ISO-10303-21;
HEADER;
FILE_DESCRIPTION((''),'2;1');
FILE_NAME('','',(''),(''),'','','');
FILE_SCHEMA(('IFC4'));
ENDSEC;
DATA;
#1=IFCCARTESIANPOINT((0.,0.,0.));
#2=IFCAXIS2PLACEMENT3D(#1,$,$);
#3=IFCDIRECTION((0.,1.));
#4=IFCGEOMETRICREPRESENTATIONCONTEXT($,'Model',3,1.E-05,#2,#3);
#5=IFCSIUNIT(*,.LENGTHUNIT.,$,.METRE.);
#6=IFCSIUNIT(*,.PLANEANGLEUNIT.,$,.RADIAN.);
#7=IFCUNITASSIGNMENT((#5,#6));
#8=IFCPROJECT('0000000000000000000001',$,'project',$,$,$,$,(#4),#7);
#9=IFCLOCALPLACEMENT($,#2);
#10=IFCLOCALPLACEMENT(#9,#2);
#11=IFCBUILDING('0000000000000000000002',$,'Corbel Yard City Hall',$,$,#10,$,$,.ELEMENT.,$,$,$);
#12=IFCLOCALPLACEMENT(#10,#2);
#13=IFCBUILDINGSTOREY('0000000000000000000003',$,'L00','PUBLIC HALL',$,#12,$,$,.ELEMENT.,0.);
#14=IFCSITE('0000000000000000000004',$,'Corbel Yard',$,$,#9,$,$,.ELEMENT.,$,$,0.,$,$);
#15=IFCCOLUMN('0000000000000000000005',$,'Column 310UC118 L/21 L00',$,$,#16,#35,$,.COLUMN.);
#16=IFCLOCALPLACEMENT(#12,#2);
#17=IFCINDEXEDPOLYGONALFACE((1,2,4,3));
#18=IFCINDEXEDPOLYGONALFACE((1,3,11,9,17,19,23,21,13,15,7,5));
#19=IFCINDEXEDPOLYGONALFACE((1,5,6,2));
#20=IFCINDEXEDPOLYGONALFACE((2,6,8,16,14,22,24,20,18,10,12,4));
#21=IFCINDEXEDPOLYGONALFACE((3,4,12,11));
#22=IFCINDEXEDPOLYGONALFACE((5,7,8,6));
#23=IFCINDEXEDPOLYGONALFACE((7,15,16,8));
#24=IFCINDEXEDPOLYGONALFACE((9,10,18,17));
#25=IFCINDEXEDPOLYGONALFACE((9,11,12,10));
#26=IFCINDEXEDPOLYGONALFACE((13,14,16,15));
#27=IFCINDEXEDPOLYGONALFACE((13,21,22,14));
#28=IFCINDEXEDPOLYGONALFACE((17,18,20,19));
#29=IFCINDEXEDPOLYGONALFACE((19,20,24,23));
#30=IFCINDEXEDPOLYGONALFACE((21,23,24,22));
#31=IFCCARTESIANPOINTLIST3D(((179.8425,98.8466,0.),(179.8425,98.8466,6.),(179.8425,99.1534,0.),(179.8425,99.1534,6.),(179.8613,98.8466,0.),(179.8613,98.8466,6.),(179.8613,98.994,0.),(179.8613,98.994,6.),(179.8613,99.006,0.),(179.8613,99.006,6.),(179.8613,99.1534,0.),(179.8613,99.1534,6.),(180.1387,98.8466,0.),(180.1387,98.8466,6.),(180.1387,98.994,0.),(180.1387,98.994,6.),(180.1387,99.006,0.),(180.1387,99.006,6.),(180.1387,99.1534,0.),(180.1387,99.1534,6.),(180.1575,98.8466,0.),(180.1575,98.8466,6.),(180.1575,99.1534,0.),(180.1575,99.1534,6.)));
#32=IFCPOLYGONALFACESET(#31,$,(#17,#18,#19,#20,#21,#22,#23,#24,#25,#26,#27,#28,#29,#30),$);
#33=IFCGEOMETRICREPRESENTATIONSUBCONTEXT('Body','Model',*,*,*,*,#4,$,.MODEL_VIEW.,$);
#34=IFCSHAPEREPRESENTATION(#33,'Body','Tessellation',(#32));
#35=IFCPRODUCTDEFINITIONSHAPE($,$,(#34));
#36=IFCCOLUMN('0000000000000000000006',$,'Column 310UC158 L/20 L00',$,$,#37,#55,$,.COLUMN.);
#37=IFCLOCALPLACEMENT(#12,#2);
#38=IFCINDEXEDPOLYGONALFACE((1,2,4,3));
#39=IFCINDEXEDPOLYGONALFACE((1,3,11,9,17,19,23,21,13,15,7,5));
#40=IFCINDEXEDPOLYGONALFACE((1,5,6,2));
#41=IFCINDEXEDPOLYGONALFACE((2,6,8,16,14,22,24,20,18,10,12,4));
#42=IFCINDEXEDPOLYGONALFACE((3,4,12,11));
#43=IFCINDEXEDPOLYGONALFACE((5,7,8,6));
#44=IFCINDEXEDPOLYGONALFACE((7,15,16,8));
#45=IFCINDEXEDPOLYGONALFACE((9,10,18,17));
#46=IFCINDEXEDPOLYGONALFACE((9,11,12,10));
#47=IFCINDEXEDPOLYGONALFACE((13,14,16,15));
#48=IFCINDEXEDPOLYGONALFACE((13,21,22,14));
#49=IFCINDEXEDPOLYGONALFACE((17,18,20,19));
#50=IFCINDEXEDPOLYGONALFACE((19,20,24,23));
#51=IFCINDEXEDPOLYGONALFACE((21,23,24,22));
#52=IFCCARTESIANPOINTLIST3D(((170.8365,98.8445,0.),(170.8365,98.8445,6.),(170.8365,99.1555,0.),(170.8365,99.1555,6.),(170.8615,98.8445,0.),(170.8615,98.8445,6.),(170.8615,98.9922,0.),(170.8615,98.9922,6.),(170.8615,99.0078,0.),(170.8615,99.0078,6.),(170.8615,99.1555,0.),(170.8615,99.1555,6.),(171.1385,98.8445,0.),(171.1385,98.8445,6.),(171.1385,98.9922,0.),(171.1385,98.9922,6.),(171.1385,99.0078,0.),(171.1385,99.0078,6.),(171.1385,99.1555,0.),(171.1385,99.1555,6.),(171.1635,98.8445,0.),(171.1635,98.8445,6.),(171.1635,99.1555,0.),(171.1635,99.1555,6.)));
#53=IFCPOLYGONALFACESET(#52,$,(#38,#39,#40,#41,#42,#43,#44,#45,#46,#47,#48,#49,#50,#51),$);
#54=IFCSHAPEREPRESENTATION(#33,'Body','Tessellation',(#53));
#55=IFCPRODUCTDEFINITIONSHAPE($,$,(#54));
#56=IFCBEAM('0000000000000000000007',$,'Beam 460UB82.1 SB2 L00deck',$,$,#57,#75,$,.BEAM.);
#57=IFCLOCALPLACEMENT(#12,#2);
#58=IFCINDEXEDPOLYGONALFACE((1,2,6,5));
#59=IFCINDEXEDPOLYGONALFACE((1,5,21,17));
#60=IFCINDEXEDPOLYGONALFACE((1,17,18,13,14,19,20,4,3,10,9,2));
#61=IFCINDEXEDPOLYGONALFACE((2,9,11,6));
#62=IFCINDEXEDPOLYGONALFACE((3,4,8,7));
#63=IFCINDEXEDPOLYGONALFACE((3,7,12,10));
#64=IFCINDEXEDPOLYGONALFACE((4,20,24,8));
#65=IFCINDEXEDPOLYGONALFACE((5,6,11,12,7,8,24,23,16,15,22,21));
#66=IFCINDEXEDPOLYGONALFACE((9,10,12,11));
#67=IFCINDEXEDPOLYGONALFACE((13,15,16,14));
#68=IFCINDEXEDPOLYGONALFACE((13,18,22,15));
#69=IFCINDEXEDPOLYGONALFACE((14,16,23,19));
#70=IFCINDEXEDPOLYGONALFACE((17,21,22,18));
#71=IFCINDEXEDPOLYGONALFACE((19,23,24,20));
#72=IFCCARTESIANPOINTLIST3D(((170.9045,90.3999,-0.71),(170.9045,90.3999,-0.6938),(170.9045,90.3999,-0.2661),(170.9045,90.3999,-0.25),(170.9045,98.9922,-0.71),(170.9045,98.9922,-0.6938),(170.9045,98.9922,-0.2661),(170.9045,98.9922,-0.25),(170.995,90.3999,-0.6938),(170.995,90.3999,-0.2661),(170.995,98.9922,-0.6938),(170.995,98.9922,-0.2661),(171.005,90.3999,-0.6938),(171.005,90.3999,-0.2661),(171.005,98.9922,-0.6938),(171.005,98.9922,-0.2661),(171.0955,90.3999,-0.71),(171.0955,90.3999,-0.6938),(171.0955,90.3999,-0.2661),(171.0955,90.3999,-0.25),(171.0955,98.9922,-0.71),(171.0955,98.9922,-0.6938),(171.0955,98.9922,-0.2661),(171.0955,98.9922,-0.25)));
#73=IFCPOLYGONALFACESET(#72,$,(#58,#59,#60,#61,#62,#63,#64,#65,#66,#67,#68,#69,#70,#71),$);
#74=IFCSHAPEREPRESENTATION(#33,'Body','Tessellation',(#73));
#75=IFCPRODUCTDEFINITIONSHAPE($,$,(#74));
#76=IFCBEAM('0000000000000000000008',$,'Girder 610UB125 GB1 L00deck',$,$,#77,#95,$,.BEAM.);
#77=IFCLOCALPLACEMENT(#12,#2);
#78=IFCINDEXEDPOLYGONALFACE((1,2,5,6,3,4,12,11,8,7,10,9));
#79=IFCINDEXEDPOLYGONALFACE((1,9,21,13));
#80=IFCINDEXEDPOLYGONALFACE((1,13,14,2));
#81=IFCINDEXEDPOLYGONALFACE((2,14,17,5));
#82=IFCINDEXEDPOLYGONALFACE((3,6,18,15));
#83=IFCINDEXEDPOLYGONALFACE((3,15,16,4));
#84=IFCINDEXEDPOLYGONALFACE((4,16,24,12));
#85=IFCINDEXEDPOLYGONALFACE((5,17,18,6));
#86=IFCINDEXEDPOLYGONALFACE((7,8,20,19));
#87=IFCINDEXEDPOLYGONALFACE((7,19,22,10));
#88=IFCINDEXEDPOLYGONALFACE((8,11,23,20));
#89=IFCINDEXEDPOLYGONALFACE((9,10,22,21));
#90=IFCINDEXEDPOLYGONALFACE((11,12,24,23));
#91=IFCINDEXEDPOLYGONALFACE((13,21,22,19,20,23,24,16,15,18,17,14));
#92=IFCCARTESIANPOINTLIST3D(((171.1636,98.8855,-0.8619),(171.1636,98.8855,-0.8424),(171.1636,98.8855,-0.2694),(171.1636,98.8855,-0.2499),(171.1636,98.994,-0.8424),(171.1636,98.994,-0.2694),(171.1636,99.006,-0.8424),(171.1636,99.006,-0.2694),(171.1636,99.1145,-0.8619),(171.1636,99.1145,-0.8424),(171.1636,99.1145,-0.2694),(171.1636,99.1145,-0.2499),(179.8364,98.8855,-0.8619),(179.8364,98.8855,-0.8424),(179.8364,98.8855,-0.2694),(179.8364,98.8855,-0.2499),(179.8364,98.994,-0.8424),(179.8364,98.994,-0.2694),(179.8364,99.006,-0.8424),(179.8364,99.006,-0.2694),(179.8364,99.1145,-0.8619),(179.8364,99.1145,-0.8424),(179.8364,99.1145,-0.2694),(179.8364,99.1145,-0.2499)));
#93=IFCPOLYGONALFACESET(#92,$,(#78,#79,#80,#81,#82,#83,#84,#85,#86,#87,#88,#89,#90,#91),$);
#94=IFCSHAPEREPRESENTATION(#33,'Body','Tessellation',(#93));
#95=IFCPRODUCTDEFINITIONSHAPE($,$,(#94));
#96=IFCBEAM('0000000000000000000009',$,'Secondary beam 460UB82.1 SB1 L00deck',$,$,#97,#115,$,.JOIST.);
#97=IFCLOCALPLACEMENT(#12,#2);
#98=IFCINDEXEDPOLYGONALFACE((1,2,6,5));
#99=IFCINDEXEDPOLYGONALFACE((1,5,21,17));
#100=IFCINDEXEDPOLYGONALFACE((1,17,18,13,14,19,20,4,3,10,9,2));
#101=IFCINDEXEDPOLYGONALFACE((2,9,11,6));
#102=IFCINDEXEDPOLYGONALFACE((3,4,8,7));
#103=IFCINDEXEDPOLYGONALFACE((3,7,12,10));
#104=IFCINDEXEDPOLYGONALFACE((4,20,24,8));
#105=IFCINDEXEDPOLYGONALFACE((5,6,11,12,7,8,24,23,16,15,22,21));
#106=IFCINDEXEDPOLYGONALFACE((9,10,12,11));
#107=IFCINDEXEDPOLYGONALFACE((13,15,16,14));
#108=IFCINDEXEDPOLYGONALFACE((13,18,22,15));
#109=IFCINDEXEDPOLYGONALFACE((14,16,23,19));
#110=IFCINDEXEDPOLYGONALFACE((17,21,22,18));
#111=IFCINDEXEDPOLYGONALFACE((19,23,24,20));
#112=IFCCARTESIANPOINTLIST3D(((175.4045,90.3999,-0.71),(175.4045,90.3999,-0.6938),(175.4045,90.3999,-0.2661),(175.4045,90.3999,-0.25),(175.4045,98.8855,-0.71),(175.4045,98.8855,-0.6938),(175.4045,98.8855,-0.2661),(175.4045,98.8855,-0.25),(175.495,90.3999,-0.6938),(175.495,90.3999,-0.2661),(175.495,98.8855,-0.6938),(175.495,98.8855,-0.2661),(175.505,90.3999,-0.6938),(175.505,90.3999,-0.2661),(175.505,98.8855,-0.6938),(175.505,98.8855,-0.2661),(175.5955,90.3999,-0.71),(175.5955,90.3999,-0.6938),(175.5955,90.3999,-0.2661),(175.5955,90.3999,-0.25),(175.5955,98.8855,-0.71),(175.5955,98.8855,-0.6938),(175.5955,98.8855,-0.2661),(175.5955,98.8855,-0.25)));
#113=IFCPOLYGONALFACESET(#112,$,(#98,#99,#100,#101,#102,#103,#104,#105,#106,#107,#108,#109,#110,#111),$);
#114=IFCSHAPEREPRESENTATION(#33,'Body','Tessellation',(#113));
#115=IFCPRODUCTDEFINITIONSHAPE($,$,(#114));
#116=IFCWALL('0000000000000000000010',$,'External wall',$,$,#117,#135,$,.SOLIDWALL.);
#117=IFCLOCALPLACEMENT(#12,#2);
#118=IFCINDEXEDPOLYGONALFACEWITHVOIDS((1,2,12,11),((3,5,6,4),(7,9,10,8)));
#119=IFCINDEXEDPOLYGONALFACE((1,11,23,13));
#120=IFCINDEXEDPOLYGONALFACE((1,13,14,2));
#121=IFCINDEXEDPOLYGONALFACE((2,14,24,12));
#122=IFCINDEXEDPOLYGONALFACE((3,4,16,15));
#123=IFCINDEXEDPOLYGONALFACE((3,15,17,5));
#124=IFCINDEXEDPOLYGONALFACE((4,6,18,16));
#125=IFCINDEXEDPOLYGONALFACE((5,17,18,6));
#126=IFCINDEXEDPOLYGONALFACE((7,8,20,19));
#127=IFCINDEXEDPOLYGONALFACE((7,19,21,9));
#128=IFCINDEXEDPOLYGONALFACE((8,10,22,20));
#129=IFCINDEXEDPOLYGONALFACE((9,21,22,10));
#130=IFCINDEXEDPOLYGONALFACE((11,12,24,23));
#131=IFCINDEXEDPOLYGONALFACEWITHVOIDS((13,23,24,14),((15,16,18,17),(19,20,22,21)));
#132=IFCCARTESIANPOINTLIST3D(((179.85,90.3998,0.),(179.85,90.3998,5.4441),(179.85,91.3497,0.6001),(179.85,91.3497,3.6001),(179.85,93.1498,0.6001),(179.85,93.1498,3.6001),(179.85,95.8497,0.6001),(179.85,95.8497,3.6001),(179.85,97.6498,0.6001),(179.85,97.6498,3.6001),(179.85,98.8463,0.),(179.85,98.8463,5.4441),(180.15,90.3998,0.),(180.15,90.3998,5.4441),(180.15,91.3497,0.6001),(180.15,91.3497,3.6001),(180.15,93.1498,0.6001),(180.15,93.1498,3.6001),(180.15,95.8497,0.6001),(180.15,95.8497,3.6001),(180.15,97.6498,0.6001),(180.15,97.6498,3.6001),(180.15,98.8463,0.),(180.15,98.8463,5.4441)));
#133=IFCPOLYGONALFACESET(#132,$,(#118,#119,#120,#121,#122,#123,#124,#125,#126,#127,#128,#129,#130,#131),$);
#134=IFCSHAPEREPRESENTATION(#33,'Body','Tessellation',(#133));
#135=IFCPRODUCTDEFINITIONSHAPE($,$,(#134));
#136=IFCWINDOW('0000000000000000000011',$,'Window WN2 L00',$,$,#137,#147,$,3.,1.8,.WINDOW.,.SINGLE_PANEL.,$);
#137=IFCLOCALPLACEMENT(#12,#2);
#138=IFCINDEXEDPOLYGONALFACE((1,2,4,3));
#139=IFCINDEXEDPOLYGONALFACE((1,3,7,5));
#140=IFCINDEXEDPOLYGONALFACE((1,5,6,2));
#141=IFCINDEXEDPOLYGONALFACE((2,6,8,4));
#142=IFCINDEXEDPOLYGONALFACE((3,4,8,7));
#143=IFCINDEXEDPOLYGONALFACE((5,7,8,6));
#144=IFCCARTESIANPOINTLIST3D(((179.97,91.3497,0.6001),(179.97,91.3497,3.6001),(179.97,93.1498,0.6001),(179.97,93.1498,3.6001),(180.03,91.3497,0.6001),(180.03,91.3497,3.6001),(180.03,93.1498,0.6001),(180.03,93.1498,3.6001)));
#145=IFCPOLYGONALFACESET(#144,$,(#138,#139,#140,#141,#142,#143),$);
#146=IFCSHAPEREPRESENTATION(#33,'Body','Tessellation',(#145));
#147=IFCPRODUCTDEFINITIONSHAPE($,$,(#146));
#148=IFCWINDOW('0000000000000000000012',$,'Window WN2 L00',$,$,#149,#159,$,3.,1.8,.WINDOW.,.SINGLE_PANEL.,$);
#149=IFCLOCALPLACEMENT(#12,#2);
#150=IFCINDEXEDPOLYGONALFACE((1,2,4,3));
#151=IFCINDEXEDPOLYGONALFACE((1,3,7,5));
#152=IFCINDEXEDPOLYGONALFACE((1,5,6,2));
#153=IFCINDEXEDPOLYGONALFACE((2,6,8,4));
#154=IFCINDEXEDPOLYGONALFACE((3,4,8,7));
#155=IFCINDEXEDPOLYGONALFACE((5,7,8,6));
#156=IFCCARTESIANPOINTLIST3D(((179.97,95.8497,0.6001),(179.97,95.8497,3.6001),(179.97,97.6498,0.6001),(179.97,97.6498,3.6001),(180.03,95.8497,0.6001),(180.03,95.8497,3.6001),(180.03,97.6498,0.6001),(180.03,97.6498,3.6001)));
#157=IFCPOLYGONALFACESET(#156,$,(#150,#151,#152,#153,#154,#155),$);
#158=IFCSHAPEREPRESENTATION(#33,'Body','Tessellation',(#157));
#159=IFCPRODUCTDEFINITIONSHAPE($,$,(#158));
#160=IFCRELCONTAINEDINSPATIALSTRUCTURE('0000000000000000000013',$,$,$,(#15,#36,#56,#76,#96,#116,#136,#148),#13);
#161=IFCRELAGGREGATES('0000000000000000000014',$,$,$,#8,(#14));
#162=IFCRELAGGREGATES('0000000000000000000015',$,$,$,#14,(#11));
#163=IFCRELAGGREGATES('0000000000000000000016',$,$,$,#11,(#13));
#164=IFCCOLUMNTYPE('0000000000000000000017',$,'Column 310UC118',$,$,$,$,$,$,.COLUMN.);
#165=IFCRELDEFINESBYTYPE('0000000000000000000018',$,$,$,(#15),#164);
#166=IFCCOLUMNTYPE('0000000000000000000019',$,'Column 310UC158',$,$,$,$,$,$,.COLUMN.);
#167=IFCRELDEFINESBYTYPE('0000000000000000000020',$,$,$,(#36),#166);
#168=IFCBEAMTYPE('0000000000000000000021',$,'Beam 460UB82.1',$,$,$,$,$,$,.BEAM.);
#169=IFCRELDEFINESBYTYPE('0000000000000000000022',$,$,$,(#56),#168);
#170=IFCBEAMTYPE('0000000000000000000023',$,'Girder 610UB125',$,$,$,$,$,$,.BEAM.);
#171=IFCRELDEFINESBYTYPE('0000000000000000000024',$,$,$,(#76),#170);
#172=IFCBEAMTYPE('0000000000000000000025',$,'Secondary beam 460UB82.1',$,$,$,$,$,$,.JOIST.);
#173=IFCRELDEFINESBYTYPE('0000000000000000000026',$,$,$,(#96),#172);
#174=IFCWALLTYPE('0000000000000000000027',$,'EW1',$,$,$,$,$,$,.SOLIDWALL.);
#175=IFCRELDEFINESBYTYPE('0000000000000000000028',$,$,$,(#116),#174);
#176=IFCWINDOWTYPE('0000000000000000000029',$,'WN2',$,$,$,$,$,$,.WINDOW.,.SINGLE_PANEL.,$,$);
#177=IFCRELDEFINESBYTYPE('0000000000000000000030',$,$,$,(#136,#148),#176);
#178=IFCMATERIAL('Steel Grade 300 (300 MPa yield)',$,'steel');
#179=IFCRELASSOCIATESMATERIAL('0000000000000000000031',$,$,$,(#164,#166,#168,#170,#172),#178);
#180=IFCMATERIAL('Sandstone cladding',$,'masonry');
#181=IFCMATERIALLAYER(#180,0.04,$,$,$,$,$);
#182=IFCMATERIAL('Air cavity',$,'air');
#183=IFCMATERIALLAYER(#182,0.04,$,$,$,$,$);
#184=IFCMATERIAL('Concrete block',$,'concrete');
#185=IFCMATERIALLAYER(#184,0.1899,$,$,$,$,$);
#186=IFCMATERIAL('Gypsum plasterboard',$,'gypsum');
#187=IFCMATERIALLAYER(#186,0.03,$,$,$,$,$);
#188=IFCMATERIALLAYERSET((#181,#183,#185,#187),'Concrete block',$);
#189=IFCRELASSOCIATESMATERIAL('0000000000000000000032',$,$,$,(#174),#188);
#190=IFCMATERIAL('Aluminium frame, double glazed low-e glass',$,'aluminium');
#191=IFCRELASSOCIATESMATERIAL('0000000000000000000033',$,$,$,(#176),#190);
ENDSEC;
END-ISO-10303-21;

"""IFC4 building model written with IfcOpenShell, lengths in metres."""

from ifc_helpers import new_model, si_unit, direction, frame, frame_2d, origin, origin_2d, place, context, subcontext, project, spatial, rectangle, i_section, extrude, material, layer, layer_set, material_profile, profile_set, type_object, element, fill, save


model = new_model("IFC4")

# Units and contexts
model_context = context("Model", 3, precision=1e-05, world=origin(), true_north=direction((0.0, 1.0)))
body_context = subcontext(model_context, "Body", "Model", "MODEL_VIEW")
ifc_project = project(units=[si_unit("LENGTHUNIT", "METRE"), si_unit("PLANEANGLEUNIT", "RADIAN")], contexts=[model_context])

# Site, building, storey
site_placement = place(None, origin())
site = spatial("IfcSite", under=ifc_project, at=site_placement, Name="Corbel Yard", CompositionType="ELEMENT", RefElevation=0.0)
building_placement = place(site_placement, origin())
building = spatial("IfcBuilding", under=site, at=building_placement, Name="Corbel Yard City Hall", CompositionType="ELEMENT")
storey_placement = place(building_placement, origin())
storey = spatial("IfcBuildingStorey", under=building, at=storey_placement, Name="L00", Description="PUBLIC HALL", CompositionType="ELEMENT", Elevation=0.0)

# Columns
ifc_material_1 = material(Name="Steel Grade 300 (300 MPa yield)", Category="steel")
ifc_material_profile_1 = material_profile(ifc_material_1, i_section(OverallWidth=0.3069, OverallDepth=0.3149, WebThickness=0.012, FlangeThickness=0.0188, at=origin_2d()), Name="310UC118")
ifc_profile_set_1 = profile_set([ifc_material_profile_1], Name="Steel Grade 300 (300 MPa yield)")
column_type_1 = type_object("IfcColumnType", Name="Column 310UC118", PredefinedType="COLUMN", material=ifc_profile_set_1)
column_1_placement = place(storey_placement, frame((180.0, 99.0, 0.0), z_axis=(0.0, 0.0, 1.0), x_axis=(0.0, 1.0, 0.0)))
element("IfcColumn", 1, at=column_1_placement, inside=storey, type_object=column_type_1, Name="Column 310UC118 L/21 L00", PredefinedType="COLUMN", context=body_context, shape_type="SweptSolid", body=[
    extrude(i_section(OverallWidth=0.3069, OverallDepth=0.3149, WebThickness=0.012, FlangeThickness=0.0188, at=origin_2d()), origin(), (0.0, 0.0, 1.0), 6.0),
])
ifc_material_profile_2 = material_profile(ifc_material_1, i_section(OverallWidth=0.311, OverallDepth=0.3269, WebThickness=0.0156, FlangeThickness=0.0249, at=origin_2d()), Name="310UC158")
ifc_profile_set_2 = profile_set([ifc_material_profile_2], Name="Steel Grade 300 (300 MPa yield)")
column_type_2 = type_object("IfcColumnType", Name="Column 310UC158", PredefinedType="COLUMN", material=ifc_profile_set_2)
column_2_placement = place(storey_placement, frame((171.0, 99.0, 0.0), z_axis=(0.0, 0.0, 1.0), x_axis=(0.0, 1.0, 0.0)))
element("IfcColumn", 2, at=column_2_placement, inside=storey, type_object=column_type_2, Name="Column 310UC158 L/20 L00", PredefinedType="COLUMN", context=body_context, shape_type="SweptSolid", body=[
    extrude(i_section(OverallWidth=0.311, OverallDepth=0.3269, WebThickness=0.0156, FlangeThickness=0.0249, at=origin_2d()), origin(), (0.0, 0.0, 1.0), 6.0),
])

# Beams
ifc_material_profile_3 = material_profile(ifc_material_1, i_section(OverallWidth=0.1909, OverallDepth=0.46, WebThickness=0.01, FlangeThickness=0.0161, at=origin_2d()), Name="460UB82.1")
ifc_profile_set_3 = profile_set([ifc_material_profile_3], Name="Steel Grade 300 (300 MPa yield)")
beam_type_1 = type_object("IfcBeamType", Name="Beam 460UB82.1", PredefinedType="BEAM", material=ifc_profile_set_3)
beam_1_placement = place(storey_placement, frame((171.0, 90.3999, -0.48), z_axis=(0.0, 1.0, 0.0), x_axis=(-1.0, 0.0, 0.0)))
element("IfcBeam", 3, at=beam_1_placement, inside=storey, type_object=beam_type_1, Name="Beam 460UB82.1 SB2 L00deck", PredefinedType="BEAM", context=body_context, shape_type="SweptSolid", body=[
    extrude(i_section(OverallWidth=0.1909, OverallDepth=0.46, WebThickness=0.01, FlangeThickness=0.0161, at=origin_2d()), origin(), (0.0, 0.0, 1.0), 8.5923),
])
ifc_material_profile_4 = material_profile(ifc_material_1, i_section(OverallWidth=0.229, OverallDepth=0.6121, WebThickness=0.012, FlangeThickness=0.0195, at=origin_2d()), Name="610UB125")
ifc_profile_set_4 = profile_set([ifc_material_profile_4], Name="Steel Grade 300 (300 MPa yield)")
beam_type_2 = type_object("IfcBeamType", Name="Girder 610UB125", PredefinedType="BEAM", material=ifc_profile_set_4)
beam_2_placement = place(storey_placement, frame((171.1636, 99.0, -0.5559), z_axis=(1.0, 0.0, 0.0), x_axis=(0.0, 1.0, 0.0)))
element("IfcBeam", 4, at=beam_2_placement, inside=storey, type_object=beam_type_2, Name="Girder 610UB125 GB1 L00deck", PredefinedType="BEAM", context=body_context, shape_type="SweptSolid", body=[
    extrude(i_section(OverallWidth=0.229, OverallDepth=0.6121, WebThickness=0.012, FlangeThickness=0.0195, at=origin_2d()), origin(), (0.0, 0.0, 1.0), 8.6729),
])
ifc_material_profile_5 = material_profile(ifc_material_1, i_section(OverallWidth=0.1909, OverallDepth=0.46, WebThickness=0.01, FlangeThickness=0.0161, at=origin_2d()), Name="460UB82.1")
ifc_profile_set_5 = profile_set([ifc_material_profile_5], Name="Steel Grade 300 (300 MPa yield)")
beam_type_3 = type_object("IfcBeamType", Name="Secondary beam 460UB82.1", PredefinedType="JOIST", material=ifc_profile_set_5)
beam_3_placement = place(storey_placement, frame((175.5, 90.3999, -0.48), z_axis=(0.0, 1.0, 0.0), x_axis=(-1.0, 0.0, 0.0)))
element("IfcBeam", 5, at=beam_3_placement, inside=storey, type_object=beam_type_3, Name="Secondary beam 460UB82.1 SB1 L00deck", PredefinedType="JOIST", context=body_context, shape_type="SweptSolid", body=[
    extrude(i_section(OverallWidth=0.1909, OverallDepth=0.46, WebThickness=0.01, FlangeThickness=0.0161, at=origin_2d()), origin(), (0.0, 0.0, 1.0), 8.4856),
])

# Wall, openings, windows
ifc_material_2 = material(Name="Sandstone cladding", Category="masonry")
ifc_layer_1 = layer(ifc_material_2, 0.04)
ifc_material_3 = material(Name="Air cavity", Category="air")
ifc_layer_2 = layer(ifc_material_3, 0.04)
ifc_material_4 = material(Name="Concrete block", Category="concrete")
ifc_layer_3 = layer(ifc_material_4, 0.1899)
ifc_material_5 = material(Name="Gypsum plasterboard", Category="gypsum")
ifc_layer_4 = layer(ifc_material_5, 0.03)
ifc_layer_set_1 = layer_set([ifc_layer_1, ifc_layer_2, ifc_layer_3, ifc_layer_4], Name="Concrete block")
wall_type_1 = type_object("IfcWallType", Name="EW1", PredefinedType="SOLIDWALL", material=ifc_layer_set_1)
wall_1_placement = place(storey_placement, frame((180.0, 90.3999, 0.0), z_axis=(0.0, 0.0, 1.0), x_axis=(0.0, 1.0, 0.0)))
wall_1 = element("IfcWall", 6, at=wall_1_placement, inside=storey, type_object=wall_type_1, Name="External wall", PredefinedType="SOLIDWALL", context=body_context, shape_type="SweptSolid", body=[
    extrude(rectangle(XDim=8.4465, YDim=0.3, at=frame_2d((4.2231, 0.0))), origin(), (0.0, 0.0, 1.0), 5.4441),
])
opening_1_placement = place(wall_1_placement, frame((0.95, 0.0, 0.6001)))
opening_1 = element("IfcOpeningElement", 7, at=opening_1_placement, cuts=wall_1, PredefinedType="OPENING", context=body_context, shape_type="SweptSolid", body=[
    extrude(rectangle(XDim=1.8, YDim=3.0, at=frame_2d((0.8999, 1.5))), frame((0.0, 0.1599, 0.0), z_axis=(0.0, -1.0, 0.0), x_axis=(1.0, 0.0, 0.0)), (0.0, 0.0, 1.0), 0.3201),
])
opening_2_placement = place(wall_1_placement, frame((5.45, 0.0, 0.6001)))
opening_2 = element("IfcOpeningElement", 8, at=opening_2_placement, cuts=wall_1, PredefinedType="OPENING", context=body_context, shape_type="SweptSolid", body=[
    extrude(rectangle(XDim=1.8, YDim=3.0, at=frame_2d((0.8999, 1.5))), frame((0.0, 0.1599, 0.0), z_axis=(0.0, -1.0, 0.0), x_axis=(1.0, 0.0, 0.0)), (0.0, 0.0, 1.0), 0.3201),
])
ifc_material_6 = material(Name="Aluminium frame, double glazed low-e glass", Category="aluminium")
window_type = type_object("IfcWindowType", Name="WN2", PartitioningType="SINGLE_PANEL", PredefinedType="WINDOW", material=ifc_material_6)
window_1_placement = place(opening_1_placement, origin())
window_1 = element("IfcWindow", 9, at=window_1_placement, inside=storey, type_object=window_type, Name="Window WN2 L00", OverallHeight=3.0, OverallWidth=1.8, PartitioningType="SINGLE_PANEL", PredefinedType="WINDOW", context=body_context, shape_type="SweptSolid", body=[
    extrude(rectangle(XDim=1.8, YDim=3.0, at=frame_2d((0.8999, 1.5))), frame((0.0, 0.03, 0.0), z_axis=(0.0, -1.0, 0.0), x_axis=(1.0, 0.0, 0.0)), (0.0, 0.0, 1.0), 0.0601),
])
fill(opening_1, window_1)
window_2_placement = place(opening_2_placement, origin())
window_2 = element("IfcWindow", 10, at=window_2_placement, inside=storey, type_object=window_type, Name="Window WN2 L00", OverallHeight=3.0, OverallWidth=1.8, PartitioningType="SINGLE_PANEL", PredefinedType="WINDOW", context=body_context, shape_type="SweptSolid", body=[
    extrude(rectangle(XDim=1.8, YDim=3.0, at=frame_2d((0.8999, 1.5))), frame((0.0, 0.03, 0.0), z_axis=(0.0, -1.0, 0.0), x_axis=(1.0, 0.0, 0.0)), (0.0, 0.0, 1.0), 0.0601),
])
fill(opening_2, window_2)

save(model, "model.ifc")
